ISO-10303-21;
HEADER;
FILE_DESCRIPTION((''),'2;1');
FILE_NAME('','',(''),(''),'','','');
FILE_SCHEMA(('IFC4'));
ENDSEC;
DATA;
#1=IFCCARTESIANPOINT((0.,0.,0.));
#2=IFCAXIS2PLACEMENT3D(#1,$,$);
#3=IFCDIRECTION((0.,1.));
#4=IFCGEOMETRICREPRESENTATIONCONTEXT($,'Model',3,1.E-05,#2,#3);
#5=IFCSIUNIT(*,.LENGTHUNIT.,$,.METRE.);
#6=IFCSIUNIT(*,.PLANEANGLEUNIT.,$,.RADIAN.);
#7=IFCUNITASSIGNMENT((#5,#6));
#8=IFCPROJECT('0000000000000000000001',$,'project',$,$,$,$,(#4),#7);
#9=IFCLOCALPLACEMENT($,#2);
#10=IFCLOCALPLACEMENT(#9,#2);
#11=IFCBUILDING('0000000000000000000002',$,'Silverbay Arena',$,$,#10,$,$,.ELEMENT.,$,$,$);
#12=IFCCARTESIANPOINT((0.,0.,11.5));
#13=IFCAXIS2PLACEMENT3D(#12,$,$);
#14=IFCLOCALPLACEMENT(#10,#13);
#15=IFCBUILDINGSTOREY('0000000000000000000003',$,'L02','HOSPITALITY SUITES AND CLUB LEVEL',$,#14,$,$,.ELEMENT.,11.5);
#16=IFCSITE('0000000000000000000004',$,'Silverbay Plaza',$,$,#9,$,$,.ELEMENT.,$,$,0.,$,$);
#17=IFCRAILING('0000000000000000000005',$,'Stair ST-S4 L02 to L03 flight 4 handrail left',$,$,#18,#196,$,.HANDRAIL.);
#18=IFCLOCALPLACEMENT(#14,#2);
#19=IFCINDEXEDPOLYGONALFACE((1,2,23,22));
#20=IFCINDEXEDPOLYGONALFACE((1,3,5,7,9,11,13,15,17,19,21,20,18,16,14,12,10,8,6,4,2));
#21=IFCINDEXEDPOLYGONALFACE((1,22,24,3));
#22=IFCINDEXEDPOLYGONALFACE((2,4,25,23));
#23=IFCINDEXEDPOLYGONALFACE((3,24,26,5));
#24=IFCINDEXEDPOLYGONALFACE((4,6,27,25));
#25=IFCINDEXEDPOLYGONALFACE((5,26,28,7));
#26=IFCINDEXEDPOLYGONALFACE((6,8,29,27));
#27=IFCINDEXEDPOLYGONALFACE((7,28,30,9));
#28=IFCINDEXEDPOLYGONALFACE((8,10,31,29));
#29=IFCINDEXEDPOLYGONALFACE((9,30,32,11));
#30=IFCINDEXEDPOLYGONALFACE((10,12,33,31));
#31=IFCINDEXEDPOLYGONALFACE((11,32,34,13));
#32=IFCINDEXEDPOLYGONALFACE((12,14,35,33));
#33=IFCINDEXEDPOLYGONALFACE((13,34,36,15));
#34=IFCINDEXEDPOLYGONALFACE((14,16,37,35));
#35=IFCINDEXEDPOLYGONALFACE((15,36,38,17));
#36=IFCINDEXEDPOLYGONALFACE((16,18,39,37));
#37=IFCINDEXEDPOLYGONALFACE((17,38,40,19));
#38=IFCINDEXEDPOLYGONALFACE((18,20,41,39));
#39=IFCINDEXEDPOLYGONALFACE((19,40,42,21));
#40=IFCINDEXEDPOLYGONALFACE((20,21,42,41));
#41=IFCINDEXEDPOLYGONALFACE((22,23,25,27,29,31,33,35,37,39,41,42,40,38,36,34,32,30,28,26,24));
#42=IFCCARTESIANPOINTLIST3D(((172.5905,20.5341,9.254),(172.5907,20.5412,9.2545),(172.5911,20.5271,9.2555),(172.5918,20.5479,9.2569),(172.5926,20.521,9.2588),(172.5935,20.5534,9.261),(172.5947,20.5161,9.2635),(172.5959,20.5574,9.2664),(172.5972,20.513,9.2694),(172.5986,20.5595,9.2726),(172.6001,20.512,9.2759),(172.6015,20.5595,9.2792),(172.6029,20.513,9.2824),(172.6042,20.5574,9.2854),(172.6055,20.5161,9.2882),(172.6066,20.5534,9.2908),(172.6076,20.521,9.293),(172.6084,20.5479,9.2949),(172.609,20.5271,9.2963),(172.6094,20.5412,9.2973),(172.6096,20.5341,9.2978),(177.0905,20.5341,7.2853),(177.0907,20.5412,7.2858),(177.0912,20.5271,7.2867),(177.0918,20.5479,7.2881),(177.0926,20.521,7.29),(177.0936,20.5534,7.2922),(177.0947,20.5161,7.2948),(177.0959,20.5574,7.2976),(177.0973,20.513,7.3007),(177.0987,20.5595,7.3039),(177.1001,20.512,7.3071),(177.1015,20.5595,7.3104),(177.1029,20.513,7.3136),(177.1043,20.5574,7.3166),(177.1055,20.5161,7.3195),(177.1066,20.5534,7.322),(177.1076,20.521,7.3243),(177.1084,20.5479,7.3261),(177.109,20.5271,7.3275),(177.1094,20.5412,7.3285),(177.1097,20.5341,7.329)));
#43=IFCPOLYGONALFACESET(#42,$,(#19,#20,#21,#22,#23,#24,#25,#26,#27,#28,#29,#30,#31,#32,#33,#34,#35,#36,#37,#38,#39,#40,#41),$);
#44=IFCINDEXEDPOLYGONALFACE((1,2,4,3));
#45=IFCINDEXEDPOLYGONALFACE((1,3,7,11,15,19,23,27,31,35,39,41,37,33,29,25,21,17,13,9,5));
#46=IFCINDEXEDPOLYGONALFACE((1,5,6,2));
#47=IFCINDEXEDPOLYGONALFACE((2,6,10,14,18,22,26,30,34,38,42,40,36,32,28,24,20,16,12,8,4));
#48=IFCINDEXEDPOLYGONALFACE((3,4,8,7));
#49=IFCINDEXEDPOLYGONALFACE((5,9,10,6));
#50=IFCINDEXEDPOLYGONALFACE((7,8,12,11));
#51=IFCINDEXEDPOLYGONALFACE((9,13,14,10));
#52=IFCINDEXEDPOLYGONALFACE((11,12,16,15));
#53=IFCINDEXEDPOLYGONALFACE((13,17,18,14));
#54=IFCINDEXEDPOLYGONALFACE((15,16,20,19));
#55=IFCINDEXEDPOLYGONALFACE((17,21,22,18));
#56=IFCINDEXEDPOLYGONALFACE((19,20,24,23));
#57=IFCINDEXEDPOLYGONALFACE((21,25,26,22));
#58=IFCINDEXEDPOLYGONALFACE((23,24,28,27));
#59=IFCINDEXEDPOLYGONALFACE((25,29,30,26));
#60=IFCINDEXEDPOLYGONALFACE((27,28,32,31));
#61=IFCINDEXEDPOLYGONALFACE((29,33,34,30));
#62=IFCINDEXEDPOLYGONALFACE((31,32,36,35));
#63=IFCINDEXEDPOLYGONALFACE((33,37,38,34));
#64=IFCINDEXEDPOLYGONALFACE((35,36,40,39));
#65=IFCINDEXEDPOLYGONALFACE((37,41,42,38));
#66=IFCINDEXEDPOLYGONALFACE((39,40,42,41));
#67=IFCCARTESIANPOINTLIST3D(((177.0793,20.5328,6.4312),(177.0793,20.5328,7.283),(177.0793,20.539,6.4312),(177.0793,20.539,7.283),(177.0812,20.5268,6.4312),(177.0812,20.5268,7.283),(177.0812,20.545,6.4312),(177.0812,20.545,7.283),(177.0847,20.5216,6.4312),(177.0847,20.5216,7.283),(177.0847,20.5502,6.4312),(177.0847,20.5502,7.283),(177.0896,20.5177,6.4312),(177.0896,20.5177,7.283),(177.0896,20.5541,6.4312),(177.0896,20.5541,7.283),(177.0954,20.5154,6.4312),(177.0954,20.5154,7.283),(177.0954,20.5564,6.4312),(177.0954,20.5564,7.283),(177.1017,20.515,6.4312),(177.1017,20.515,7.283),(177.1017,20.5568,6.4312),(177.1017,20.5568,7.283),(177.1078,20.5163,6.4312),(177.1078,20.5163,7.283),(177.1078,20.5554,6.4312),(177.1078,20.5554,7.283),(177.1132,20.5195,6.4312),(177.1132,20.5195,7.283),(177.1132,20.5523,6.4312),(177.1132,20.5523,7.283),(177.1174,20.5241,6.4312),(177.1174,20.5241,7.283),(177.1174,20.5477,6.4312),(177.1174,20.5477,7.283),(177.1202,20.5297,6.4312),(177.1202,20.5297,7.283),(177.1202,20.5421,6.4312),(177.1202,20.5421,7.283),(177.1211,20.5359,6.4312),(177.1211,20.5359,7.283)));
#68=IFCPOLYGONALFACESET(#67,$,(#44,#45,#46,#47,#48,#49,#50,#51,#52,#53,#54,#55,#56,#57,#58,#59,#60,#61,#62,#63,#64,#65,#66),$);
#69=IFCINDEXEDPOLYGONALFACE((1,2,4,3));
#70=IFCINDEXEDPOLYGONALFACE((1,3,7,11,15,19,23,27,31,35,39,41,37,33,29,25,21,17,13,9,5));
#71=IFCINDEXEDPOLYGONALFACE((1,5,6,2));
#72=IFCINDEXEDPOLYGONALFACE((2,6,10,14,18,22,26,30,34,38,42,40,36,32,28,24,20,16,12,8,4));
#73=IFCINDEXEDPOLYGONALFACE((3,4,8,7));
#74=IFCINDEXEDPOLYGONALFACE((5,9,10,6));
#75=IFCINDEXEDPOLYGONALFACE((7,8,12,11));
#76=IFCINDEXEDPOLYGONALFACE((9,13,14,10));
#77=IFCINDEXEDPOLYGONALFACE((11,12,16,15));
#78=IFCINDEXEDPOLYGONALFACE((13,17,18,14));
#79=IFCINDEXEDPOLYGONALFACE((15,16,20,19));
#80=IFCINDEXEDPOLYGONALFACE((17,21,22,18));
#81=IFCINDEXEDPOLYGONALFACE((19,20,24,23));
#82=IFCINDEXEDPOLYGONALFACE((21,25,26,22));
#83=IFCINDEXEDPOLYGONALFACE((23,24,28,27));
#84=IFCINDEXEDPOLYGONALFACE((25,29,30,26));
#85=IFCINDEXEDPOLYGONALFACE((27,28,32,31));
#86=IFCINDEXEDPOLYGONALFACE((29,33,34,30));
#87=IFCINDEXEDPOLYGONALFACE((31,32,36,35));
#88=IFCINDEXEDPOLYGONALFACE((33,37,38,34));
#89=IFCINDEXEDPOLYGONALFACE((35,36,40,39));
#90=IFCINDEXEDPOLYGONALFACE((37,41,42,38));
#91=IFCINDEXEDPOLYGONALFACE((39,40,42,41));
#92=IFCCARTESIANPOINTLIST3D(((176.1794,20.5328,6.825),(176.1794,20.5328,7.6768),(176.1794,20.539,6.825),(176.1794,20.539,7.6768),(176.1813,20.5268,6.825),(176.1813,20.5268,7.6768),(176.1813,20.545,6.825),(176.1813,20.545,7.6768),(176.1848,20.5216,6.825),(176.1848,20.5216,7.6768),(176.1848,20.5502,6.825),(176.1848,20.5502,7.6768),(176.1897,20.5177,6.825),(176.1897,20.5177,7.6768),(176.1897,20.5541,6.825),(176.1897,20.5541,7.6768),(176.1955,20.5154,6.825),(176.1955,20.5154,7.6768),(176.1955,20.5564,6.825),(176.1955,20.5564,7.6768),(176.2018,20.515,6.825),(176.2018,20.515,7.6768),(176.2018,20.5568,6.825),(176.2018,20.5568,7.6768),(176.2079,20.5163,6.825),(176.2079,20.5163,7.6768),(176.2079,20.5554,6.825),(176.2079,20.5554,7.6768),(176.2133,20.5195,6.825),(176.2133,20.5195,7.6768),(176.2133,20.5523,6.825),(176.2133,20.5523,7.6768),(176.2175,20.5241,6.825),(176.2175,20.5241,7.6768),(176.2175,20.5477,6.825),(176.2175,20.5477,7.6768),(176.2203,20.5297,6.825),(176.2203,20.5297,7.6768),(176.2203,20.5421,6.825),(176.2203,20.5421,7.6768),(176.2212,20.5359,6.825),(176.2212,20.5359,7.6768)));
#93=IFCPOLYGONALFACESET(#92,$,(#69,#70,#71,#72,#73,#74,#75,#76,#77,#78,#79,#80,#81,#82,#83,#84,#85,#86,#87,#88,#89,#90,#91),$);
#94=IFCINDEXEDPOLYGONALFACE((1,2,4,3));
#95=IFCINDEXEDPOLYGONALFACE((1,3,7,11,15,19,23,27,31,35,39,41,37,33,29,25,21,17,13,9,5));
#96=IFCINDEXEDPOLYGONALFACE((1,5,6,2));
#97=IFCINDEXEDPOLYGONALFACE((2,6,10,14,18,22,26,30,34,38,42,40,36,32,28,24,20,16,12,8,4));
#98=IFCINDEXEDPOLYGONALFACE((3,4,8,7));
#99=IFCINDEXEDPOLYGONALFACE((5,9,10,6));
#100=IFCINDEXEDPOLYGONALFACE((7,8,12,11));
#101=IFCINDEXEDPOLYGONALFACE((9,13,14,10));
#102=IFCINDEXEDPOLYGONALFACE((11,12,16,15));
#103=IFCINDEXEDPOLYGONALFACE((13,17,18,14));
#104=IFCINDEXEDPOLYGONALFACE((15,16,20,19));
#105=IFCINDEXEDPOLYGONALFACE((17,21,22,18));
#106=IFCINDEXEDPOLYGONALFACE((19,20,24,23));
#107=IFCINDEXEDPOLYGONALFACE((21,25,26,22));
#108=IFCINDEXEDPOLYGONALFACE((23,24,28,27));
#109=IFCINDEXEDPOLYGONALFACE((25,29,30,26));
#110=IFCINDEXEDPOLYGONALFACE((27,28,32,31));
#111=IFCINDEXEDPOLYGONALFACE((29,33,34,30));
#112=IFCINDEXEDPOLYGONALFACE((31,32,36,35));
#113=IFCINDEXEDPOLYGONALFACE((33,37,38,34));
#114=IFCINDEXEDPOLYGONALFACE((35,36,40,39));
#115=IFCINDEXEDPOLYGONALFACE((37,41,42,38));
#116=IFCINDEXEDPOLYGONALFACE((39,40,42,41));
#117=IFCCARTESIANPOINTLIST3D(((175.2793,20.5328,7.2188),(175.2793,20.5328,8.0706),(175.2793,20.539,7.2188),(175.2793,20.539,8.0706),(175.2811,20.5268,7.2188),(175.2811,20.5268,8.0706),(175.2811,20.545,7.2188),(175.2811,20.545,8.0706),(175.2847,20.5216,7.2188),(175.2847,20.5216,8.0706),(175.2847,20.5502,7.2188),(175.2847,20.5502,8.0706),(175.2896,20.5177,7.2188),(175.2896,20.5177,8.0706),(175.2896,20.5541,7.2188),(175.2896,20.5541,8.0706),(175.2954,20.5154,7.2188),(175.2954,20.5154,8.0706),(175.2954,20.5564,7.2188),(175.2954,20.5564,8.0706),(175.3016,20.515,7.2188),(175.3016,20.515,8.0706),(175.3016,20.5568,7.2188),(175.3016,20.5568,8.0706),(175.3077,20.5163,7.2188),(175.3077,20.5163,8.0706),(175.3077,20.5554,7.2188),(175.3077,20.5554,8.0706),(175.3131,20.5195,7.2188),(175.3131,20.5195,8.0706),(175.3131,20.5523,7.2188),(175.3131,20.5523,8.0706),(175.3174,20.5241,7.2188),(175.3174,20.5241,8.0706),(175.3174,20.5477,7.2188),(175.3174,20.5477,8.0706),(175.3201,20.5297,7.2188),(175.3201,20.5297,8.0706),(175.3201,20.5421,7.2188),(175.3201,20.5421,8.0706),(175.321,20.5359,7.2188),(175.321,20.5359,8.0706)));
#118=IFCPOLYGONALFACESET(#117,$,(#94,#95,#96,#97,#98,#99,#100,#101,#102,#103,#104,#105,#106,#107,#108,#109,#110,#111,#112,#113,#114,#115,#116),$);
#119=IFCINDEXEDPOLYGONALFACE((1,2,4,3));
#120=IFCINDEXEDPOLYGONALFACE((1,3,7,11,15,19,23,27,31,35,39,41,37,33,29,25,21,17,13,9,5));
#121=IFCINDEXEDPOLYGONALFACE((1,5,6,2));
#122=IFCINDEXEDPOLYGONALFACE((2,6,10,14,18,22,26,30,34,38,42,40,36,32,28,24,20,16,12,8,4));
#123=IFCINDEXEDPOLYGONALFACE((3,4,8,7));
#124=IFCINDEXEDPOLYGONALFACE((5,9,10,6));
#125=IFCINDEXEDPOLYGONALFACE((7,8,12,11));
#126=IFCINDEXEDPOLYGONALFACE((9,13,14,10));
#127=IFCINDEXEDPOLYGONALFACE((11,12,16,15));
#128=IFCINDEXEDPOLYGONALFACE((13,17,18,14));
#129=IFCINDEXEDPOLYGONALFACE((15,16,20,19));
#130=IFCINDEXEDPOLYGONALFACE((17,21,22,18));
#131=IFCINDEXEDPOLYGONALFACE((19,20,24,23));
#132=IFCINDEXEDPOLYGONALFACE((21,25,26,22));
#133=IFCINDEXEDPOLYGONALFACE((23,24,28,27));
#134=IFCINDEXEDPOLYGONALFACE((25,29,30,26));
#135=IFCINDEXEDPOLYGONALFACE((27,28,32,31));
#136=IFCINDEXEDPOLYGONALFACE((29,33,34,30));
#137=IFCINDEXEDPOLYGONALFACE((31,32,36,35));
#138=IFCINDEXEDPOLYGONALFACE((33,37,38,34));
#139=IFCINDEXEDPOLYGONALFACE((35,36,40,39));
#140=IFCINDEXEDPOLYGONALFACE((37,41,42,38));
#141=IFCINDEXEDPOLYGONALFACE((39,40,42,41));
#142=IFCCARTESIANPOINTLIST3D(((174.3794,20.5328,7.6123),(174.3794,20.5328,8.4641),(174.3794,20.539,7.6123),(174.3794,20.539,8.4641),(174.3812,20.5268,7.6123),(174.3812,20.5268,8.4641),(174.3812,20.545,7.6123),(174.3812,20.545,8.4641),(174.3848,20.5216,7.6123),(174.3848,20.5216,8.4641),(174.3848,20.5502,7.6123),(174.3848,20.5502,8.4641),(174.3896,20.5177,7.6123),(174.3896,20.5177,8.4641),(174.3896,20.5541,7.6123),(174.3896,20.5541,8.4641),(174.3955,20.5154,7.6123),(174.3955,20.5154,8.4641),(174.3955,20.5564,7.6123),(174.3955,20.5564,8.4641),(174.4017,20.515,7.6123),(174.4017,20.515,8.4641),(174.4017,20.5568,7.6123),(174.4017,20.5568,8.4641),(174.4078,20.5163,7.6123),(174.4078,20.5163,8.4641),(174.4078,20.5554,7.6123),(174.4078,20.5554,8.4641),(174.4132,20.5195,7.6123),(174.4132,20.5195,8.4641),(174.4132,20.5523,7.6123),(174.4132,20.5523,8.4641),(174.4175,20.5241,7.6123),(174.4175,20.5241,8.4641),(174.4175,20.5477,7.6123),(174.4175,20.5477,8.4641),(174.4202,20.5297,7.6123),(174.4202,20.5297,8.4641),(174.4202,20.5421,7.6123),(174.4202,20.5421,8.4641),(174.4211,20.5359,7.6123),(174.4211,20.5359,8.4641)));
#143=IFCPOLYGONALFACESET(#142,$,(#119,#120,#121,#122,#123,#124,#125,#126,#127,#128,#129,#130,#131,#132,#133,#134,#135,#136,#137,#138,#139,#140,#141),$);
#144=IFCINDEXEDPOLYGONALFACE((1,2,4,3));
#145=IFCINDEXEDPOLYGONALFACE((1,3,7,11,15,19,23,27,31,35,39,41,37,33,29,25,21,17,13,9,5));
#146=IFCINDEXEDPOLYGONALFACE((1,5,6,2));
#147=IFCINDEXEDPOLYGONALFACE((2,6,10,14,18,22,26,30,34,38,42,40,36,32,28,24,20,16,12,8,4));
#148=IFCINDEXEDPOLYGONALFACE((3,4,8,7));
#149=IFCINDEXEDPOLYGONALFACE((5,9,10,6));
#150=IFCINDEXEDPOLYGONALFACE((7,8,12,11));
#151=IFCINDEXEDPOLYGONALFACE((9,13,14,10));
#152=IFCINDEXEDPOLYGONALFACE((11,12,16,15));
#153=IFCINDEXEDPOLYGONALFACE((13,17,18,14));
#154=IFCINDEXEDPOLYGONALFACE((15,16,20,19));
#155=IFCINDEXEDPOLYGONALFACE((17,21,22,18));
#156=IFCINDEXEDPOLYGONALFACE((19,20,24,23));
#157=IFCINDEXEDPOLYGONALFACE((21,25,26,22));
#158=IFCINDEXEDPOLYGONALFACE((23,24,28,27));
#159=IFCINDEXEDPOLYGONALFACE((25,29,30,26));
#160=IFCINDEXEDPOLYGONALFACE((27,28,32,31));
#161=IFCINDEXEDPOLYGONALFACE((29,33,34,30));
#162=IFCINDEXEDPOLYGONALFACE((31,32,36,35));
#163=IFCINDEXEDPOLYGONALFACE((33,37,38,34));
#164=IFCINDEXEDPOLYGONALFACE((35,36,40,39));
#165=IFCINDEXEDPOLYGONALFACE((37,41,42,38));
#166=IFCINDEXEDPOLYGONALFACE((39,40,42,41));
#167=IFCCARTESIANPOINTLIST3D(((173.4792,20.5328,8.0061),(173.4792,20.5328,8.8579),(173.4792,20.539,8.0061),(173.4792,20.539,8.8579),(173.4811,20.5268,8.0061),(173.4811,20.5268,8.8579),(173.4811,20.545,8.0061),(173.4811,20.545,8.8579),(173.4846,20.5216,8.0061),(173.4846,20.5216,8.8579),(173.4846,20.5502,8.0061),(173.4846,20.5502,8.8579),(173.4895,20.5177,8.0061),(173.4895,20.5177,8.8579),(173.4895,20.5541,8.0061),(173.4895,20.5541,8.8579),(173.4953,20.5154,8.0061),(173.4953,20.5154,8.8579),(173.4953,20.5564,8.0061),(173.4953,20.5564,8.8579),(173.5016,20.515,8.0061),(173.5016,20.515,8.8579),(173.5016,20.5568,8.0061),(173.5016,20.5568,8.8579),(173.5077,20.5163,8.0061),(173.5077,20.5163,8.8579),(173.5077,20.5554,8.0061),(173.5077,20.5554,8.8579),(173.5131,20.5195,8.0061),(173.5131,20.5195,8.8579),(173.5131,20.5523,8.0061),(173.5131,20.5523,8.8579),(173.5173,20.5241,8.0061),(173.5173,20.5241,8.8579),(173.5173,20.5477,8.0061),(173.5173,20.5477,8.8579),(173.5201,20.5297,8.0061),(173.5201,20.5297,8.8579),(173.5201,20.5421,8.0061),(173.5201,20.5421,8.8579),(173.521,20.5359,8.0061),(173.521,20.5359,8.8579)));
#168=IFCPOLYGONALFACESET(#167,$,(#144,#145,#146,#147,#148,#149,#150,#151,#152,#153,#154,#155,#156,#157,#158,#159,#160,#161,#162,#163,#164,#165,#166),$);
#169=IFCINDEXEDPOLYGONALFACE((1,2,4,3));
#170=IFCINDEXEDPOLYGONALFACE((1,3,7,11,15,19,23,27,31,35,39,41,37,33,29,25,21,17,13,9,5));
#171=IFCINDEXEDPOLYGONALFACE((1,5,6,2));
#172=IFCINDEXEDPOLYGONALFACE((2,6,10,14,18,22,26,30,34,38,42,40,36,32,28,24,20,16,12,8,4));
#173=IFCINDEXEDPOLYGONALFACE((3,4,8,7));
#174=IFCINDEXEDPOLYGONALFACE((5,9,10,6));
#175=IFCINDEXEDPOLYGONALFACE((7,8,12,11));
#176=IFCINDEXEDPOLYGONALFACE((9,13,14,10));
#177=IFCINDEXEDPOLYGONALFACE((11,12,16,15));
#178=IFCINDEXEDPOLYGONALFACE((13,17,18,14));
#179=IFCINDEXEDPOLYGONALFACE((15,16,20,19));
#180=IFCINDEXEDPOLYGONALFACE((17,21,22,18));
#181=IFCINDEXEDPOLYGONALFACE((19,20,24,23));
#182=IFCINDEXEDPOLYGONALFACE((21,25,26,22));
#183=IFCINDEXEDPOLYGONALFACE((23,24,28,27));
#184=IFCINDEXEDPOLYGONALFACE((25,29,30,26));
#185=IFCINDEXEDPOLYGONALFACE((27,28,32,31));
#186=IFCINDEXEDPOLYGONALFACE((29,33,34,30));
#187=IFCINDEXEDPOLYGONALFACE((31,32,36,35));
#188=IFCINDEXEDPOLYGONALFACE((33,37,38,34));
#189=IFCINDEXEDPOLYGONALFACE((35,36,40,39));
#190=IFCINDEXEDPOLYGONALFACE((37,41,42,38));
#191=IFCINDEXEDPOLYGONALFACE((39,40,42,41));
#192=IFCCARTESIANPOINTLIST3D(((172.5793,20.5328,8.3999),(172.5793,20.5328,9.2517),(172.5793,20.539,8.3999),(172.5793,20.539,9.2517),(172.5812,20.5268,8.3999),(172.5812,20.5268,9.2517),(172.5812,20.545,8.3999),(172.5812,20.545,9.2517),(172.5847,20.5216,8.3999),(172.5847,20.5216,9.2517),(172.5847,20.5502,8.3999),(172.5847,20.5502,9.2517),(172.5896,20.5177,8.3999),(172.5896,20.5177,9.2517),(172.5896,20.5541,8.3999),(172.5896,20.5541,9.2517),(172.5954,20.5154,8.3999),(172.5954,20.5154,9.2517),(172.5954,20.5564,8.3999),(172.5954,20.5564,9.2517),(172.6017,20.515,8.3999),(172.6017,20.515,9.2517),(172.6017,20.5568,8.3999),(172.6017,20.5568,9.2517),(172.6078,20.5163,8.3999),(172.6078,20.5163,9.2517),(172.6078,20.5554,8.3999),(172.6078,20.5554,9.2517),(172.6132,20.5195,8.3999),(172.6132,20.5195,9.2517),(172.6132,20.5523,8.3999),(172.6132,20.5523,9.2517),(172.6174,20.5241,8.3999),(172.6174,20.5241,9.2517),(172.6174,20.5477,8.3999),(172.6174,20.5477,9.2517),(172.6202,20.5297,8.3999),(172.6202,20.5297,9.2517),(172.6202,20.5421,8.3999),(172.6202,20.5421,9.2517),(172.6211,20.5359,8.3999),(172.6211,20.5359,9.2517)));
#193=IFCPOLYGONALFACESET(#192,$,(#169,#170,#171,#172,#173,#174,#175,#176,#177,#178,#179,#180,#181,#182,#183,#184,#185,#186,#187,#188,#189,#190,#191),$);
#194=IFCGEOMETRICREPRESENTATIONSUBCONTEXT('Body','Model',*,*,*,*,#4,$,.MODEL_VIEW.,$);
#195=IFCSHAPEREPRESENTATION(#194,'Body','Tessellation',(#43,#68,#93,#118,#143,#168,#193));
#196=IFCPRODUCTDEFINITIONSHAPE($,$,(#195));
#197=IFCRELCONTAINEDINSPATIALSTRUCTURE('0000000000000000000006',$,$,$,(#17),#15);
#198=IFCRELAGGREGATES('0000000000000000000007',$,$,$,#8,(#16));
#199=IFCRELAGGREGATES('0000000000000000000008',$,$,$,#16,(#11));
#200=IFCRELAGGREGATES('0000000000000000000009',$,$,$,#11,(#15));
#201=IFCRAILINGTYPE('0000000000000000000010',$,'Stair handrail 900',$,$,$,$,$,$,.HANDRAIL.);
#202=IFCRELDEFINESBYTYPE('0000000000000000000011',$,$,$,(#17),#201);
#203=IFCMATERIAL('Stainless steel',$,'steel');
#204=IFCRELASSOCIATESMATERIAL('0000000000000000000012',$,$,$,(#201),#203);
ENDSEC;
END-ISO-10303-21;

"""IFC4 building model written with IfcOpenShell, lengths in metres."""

from ifc_helpers import new_model, si_unit, direction, frame, origin, origin_2d, place, context, subcontext, project, spatial, circle, extrude, material, type_object, element, save


model = new_model("IFC4")

# Units and contexts
model_context = context("Model", 3, precision=1e-05, world=origin(), true_north=direction((0.0, 1.0)))
body_context = subcontext(model_context, "Body", "Model", "MODEL_VIEW")
ifc_project = project(units=[si_unit("LENGTHUNIT", "METRE"), si_unit("PLANEANGLEUNIT", "RADIAN")], contexts=[model_context])

# Site, building, storey
site_placement = place(None, origin())
site = spatial("IfcSite", under=ifc_project, at=site_placement, Name="Silverbay Plaza", CompositionType="ELEMENT", RefElevation=0.0)
building_placement = place(site_placement, origin())
building = spatial("IfcBuilding", under=site, at=building_placement, Name="Silverbay Arena", CompositionType="ELEMENT")
storey_placement = place(building_placement, frame((0.0, 0.0, 11.5)))
storey = spatial("IfcBuildingStorey", under=building, at=storey_placement, Name="L02", Description="HOSPITALITY SUITES AND CLUB LEVEL", CompositionType="ELEMENT", Elevation=11.5)

# Railing
ifc_material_1 = material(Name="Stainless steel", Category="steel")
railing_type_1 = type_object("IfcRailingType", Name="Stair handrail 900", PredefinedType="HANDRAIL", material=ifc_material_1)
for number, where, name in (
    (1, (177.1001, 20.5359, 6.4312), "Stair ST-S4 L02 to L03 flight 4 handrail left"),
):
    element("IfcRailing", number, at=place(storey_placement, frame(where)), inside=storey, type_object=railing_type_1, Name=name, PredefinedType="HANDRAIL", context=body_context, shape_type="SweptSolid", body=[
        extrude(circle(Radius=0.0239, at=origin_2d()), frame((0.0, 0.0, 0.876), z_axis=(-0.916157, 0.0, 0.400819), x_axis=(0.0, -1.0, 0.0)), (0.0, 0.0, 1.0), 4.9119),
        extrude(circle(Radius=0.021, at=origin_2d()), origin(), (0.0, 0.0, 1.0), 0.8518),
        extrude(circle(Radius=0.021, at=origin_2d()), frame((-0.8999, 0.0, 0.3938)), (0.0, 0.0, 1.0), 0.8518),
        extrude(circle(Radius=0.021, at=origin_2d()), frame((-1.8, 0.0, 0.7876)), (0.0, 0.0, 1.0), 0.8518),
        extrude(circle(Radius=0.021, at=origin_2d()), frame((-2.7, 0.0, 1.1812)), (0.0, 0.0, 1.0), 0.8518),
        extrude(circle(Radius=0.021, at=origin_2d()), frame((-3.6001, 0.0, 1.575)), (0.0, 0.0, 1.0), 0.8518),
        extrude(circle(Radius=0.021, at=origin_2d()), frame((-4.5, 0.0, 1.9688)), (0.0, 0.0, 1.0), 0.8518),
    ])

save(model, "model.ifc")
